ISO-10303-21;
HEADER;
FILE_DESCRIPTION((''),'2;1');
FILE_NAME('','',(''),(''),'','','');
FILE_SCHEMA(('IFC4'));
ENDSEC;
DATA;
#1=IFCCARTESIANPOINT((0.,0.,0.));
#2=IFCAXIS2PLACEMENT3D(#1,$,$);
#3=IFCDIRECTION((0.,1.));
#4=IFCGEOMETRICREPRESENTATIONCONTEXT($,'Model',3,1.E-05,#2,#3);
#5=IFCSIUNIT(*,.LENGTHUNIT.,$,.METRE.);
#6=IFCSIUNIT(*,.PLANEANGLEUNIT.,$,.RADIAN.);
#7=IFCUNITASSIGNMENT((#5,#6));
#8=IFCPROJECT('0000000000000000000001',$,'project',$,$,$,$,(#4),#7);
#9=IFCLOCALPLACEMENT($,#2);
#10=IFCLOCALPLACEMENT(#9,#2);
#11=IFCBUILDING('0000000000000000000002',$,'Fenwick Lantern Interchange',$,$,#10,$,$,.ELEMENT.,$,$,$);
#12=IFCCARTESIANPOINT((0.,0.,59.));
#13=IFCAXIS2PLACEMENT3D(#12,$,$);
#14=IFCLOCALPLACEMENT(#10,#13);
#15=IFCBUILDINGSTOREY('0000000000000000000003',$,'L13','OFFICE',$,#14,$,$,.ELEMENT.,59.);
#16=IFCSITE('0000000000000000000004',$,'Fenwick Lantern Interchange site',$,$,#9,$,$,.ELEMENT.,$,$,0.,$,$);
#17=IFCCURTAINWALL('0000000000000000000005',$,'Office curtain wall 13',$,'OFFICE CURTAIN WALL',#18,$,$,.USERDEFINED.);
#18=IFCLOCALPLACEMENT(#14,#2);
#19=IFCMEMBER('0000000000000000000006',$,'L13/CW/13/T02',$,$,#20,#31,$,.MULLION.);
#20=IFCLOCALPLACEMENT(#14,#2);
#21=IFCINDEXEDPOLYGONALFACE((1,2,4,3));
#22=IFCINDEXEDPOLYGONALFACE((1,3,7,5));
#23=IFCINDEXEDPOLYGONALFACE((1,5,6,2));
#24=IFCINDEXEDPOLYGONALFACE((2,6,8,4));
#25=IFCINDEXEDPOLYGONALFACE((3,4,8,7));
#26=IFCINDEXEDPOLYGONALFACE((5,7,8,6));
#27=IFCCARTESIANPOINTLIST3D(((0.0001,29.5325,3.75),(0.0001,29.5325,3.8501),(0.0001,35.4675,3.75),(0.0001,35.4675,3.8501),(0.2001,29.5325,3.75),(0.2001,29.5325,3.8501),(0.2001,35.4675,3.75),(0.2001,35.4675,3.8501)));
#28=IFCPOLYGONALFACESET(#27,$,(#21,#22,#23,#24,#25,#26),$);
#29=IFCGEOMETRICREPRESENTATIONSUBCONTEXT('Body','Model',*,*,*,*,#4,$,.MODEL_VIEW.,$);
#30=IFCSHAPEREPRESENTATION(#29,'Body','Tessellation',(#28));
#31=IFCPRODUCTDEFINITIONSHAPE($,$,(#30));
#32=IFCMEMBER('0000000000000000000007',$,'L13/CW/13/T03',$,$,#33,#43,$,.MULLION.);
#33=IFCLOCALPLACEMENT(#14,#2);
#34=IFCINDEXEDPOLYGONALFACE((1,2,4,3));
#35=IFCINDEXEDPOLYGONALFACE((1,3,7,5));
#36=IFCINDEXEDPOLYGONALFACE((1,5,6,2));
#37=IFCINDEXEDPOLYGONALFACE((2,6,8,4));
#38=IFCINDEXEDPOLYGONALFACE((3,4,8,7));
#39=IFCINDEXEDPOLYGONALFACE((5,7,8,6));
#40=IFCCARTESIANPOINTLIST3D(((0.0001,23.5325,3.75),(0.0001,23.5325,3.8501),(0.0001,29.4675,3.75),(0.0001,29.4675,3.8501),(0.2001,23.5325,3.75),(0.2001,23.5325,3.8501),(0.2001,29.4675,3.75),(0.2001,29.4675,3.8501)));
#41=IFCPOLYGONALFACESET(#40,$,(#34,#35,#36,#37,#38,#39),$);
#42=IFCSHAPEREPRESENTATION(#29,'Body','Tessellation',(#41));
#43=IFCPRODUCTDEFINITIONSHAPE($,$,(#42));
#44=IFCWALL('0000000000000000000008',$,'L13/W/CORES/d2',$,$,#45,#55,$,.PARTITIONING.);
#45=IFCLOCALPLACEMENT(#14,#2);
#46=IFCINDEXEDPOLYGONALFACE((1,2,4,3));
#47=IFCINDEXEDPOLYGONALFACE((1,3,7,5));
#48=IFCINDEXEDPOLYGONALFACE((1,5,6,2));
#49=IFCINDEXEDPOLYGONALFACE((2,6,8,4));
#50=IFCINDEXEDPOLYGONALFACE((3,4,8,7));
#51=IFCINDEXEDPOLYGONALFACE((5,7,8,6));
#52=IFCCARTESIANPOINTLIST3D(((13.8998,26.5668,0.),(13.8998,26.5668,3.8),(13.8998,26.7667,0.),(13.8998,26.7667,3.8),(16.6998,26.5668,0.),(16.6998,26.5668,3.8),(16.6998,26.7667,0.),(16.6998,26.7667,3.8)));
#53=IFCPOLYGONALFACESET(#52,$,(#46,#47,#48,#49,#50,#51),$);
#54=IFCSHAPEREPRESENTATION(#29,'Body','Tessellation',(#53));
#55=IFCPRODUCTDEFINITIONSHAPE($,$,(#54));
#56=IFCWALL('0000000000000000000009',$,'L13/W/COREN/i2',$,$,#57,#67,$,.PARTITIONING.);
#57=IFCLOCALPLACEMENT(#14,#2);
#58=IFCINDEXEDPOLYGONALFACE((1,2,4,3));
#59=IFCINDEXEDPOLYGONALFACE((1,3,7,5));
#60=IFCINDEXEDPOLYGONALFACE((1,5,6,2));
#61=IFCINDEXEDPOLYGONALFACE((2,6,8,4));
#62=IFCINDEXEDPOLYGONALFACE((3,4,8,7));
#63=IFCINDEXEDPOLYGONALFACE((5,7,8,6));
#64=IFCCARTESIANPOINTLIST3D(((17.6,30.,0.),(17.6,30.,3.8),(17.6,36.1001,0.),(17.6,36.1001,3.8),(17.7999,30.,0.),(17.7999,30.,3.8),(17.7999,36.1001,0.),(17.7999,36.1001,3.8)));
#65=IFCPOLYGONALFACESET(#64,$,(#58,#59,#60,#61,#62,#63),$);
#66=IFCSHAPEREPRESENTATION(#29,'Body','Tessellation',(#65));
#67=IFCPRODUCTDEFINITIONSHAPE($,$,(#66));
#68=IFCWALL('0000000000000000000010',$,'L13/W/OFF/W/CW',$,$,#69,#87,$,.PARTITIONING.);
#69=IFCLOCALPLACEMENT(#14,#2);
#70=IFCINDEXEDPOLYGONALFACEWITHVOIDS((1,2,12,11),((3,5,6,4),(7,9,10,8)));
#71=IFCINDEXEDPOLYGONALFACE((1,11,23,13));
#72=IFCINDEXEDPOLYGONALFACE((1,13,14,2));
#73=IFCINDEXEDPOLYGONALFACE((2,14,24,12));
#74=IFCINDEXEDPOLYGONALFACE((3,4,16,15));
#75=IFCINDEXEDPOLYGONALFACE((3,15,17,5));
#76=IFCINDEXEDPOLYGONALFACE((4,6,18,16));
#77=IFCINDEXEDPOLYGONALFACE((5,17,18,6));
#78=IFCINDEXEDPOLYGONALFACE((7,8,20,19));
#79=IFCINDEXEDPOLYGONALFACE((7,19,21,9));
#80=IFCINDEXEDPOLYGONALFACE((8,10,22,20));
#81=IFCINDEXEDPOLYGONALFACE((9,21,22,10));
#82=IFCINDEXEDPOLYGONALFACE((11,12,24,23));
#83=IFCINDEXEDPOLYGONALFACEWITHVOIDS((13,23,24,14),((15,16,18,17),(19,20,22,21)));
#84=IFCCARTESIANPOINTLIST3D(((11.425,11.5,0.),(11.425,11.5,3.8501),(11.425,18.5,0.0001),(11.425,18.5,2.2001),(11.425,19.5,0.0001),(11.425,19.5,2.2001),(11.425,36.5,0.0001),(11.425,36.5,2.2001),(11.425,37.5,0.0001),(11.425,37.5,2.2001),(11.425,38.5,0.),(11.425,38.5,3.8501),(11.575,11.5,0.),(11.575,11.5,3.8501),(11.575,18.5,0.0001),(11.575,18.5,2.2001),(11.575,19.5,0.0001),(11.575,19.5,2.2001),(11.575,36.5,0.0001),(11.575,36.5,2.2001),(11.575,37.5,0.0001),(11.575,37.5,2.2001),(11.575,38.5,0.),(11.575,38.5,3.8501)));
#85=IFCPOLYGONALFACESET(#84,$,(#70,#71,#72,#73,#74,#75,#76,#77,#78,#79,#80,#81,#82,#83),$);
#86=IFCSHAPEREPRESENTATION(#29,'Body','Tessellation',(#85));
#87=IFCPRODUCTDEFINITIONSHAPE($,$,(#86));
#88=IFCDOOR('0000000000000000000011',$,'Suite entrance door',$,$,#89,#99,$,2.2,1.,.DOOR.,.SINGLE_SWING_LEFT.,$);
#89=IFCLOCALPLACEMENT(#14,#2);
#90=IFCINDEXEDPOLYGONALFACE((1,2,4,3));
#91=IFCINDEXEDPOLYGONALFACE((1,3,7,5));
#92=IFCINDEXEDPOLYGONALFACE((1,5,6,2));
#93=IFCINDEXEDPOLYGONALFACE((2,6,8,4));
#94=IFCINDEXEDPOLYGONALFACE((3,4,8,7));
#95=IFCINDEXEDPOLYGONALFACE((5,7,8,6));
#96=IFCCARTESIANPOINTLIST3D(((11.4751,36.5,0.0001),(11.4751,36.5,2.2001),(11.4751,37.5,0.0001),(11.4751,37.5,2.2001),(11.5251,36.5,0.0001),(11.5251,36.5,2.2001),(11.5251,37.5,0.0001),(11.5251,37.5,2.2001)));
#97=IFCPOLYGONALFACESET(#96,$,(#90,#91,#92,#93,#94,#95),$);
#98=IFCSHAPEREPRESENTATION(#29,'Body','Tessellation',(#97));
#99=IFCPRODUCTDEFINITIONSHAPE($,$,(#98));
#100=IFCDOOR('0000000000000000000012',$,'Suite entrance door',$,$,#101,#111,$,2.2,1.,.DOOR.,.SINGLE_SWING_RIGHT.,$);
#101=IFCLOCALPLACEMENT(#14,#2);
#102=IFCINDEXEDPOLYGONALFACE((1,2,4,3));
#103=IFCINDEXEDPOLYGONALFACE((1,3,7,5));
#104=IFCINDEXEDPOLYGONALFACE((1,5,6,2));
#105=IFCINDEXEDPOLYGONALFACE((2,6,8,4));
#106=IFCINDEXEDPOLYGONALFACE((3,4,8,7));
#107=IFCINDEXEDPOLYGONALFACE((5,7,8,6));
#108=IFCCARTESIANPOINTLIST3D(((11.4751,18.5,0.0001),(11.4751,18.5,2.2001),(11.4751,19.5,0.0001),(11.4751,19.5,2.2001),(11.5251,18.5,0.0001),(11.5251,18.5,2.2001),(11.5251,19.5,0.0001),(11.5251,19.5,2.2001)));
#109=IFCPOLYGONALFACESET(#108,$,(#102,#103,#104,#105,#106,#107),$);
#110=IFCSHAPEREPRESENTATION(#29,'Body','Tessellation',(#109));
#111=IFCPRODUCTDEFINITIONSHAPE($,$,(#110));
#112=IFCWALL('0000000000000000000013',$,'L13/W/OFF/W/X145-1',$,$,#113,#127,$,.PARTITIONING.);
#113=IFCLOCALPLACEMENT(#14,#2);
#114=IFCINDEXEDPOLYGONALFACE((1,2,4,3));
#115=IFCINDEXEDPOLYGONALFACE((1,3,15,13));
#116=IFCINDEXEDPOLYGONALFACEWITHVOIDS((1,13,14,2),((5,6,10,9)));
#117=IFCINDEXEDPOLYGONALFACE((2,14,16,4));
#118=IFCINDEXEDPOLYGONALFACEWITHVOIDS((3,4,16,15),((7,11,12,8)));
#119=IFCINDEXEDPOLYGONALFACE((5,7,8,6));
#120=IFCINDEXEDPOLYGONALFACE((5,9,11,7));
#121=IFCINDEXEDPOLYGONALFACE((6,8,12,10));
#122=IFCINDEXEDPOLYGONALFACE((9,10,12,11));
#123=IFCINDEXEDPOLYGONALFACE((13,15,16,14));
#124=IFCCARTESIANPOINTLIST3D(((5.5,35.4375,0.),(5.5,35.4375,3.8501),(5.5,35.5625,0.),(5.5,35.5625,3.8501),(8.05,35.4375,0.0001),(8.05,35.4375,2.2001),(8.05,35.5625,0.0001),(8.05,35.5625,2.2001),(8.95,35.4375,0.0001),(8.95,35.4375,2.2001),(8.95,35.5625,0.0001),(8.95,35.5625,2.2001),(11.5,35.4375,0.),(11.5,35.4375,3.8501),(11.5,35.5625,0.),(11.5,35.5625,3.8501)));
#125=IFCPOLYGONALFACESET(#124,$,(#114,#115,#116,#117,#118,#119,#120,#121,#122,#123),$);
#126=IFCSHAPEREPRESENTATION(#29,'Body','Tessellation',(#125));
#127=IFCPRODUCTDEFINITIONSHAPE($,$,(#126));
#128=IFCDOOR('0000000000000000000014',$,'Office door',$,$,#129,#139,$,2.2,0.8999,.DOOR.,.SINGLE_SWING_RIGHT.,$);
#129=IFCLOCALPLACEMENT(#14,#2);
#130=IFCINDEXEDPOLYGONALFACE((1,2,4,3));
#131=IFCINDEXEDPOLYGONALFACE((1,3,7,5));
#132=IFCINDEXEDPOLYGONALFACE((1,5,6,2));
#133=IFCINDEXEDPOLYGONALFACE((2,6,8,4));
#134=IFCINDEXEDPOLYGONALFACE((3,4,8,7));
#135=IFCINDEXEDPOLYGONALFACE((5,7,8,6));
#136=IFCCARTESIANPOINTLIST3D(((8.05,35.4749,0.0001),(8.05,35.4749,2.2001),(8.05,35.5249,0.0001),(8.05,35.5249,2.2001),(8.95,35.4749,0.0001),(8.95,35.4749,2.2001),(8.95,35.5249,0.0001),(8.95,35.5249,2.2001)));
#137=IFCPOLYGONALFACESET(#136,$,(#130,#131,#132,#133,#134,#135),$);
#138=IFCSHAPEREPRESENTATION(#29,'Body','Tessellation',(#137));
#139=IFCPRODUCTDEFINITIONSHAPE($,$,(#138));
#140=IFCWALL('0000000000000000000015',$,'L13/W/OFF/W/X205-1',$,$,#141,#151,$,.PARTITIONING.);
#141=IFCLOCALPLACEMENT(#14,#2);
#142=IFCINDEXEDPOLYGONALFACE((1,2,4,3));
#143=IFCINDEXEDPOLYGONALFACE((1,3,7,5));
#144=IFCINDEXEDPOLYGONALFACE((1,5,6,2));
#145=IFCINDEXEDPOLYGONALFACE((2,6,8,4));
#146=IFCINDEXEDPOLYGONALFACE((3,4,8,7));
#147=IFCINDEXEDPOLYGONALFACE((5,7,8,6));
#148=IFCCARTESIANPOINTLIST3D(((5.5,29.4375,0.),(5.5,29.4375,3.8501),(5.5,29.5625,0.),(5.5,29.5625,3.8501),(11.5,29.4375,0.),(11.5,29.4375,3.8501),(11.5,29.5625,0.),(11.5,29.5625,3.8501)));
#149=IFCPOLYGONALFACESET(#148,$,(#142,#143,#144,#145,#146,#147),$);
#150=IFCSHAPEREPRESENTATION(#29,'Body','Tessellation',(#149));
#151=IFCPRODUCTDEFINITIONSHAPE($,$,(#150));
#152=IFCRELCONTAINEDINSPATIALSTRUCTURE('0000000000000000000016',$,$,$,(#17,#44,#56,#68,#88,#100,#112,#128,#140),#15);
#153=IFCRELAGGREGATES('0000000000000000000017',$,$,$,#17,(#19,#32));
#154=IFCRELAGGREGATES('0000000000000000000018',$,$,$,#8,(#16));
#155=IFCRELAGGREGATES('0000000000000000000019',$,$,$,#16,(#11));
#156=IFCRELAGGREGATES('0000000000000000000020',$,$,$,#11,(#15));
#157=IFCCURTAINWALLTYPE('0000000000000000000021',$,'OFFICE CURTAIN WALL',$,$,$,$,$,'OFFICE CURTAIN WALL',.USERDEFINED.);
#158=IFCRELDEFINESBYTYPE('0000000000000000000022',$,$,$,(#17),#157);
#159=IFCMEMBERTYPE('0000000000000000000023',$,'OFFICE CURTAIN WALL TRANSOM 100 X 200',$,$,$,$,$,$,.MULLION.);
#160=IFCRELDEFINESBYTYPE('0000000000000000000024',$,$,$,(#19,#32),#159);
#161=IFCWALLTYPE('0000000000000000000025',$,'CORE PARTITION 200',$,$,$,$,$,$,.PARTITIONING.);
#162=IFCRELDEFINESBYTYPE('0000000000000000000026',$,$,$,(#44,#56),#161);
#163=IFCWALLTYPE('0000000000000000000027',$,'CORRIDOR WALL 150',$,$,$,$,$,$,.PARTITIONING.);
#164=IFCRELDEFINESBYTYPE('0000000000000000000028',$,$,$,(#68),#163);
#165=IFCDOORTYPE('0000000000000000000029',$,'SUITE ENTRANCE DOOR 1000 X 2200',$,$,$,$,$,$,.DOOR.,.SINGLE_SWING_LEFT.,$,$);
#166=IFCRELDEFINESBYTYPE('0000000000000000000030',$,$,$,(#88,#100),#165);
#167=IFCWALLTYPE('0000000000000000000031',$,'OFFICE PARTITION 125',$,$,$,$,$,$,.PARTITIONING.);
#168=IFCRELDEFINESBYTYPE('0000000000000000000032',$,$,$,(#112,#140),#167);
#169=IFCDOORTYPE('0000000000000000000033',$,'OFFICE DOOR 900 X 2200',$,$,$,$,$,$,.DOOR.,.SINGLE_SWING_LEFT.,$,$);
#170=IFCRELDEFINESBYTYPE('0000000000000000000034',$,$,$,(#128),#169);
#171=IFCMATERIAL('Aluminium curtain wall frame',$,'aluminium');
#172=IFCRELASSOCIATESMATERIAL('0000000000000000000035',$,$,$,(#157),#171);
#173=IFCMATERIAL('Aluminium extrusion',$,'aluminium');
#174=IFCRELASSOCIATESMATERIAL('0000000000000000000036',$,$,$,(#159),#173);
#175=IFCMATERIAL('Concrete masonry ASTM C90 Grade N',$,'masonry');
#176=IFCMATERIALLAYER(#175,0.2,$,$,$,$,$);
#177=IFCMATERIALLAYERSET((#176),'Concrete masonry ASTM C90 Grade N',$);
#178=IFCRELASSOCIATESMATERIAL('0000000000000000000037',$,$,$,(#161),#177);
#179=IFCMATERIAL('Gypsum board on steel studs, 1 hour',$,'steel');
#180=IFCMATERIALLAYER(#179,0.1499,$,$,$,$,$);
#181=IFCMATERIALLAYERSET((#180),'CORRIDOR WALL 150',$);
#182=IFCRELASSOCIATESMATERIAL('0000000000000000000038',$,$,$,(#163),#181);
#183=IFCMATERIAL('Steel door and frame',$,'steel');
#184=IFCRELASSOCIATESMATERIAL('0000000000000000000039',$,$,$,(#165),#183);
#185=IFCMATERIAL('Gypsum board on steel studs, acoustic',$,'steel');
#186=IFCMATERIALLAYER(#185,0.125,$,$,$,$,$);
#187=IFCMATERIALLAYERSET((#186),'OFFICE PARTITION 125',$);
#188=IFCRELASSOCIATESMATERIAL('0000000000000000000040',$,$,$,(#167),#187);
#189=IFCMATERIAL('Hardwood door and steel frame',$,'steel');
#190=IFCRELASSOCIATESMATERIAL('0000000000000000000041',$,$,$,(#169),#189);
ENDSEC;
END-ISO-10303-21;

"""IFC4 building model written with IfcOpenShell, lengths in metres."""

from ifc_helpers import new_model, si_unit, direction, frame, frame_2d, origin, origin_2d, place, context, subcontext, project, spatial, rectangle, extrude, material, layer, layer_set, material_profile, profile_set, type_object, element, fill, aggregate, save


model = new_model("IFC4")

# Units and contexts
model_context = context("Model", 3, precision=1e-05, world=origin(), true_north=direction((0.0, 1.0)))
body_context = subcontext(model_context, "Body", "Model", "MODEL_VIEW")
ifc_project = project(units=[si_unit("LENGTHUNIT", "METRE"), si_unit("PLANEANGLEUNIT", "RADIAN")], contexts=[model_context])

# Site, building, storey
site_placement = place(None, origin())
site = spatial("IfcSite", under=ifc_project, at=site_placement, Name="Fenwick Lantern Interchange site", CompositionType="ELEMENT", RefElevation=0.0)
building_placement = place(site_placement, origin())
building = spatial("IfcBuilding", under=site, at=building_placement, Name="Fenwick Lantern Interchange", CompositionType="ELEMENT")
storey_placement = place(building_placement, frame((0.0, 0.0, 59.0)))
storey = spatial("IfcBuildingStorey", under=building, at=storey_placement, Name="L13", Description="OFFICE", CompositionType="ELEMENT", Elevation=59.0)

# Curtain wall, members
ifc_material_1 = material(Name="Aluminium curtain wall frame", Category="aluminium")
curtain_wall_type = type_object("IfcCurtainWallType", Name="OFFICE CURTAIN WALL", ElementType="OFFICE CURTAIN WALL", PredefinedType="USERDEFINED", material=ifc_material_1)
curtain_wall_placement = place(storey_placement, origin())
curtain_wall = element("IfcCurtainWall", 1, at=curtain_wall_placement, inside=storey, type_object=curtain_wall_type, Name="Office curtain wall 13", ObjectType="OFFICE CURTAIN WALL", PredefinedType="USERDEFINED")
ifc_material_2 = material(Name="Aluminium extrusion", Category="aluminium")
ifc_material_profile_1 = material_profile(ifc_material_2, rectangle(XDim=0.2, YDim=0.1001, at=origin_2d()), Name="OFFICE CURTAIN WALL TRANSOM 100 X 200")
ifc_profile_set_1 = profile_set([ifc_material_profile_1], Name="Aluminium extrusion")
member_type_1 = type_object("IfcMemberType", Name="OFFICE CURTAIN WALL TRANSOM 100 X 200", PredefinedType="MULLION", material=ifc_profile_set_1)
member_1_placement = place(storey_placement, frame((0.1001, 35.4675, 3.8), z_axis=(0.0, -1.0, 0.0), x_axis=(1.0, 0.0, 0.0)))
member_1 = element("IfcMember", 2, at=member_1_placement, type_object=member_type_1, Name="L13/CW/13/T02", PredefinedType="MULLION", context=body_context, shape_type="SweptSolid", body=[
    extrude(rectangle(XDim=0.2, YDim=0.1001, at=origin_2d()), origin(), (0.0, 0.0, 1.0), 5.9351),
])
member_2_placement = place(storey_placement, frame((0.1001, 29.4675, 3.8), z_axis=(0.0, -1.0, 0.0), x_axis=(1.0, 0.0, 0.0)))
member_2 = element("IfcMember", 3, at=member_2_placement, type_object=member_type_1, Name="L13/CW/13/T03", PredefinedType="MULLION", context=body_context, shape_type="SweptSolid", body=[
    extrude(rectangle(XDim=0.2, YDim=0.1001, at=origin_2d()), origin(), (0.0, 0.0, 1.0), 5.9351),
])
aggregate(curtain_wall, [member_1, member_2])

# Walls
ifc_material_3 = material(Name="Concrete masonry ASTM C90 Grade N", Category="masonry")
ifc_layer_1 = layer(ifc_material_3, 0.2)
ifc_layer_set_1 = layer_set([ifc_layer_1], Name="Concrete masonry ASTM C90 Grade N")
wall_type_1 = type_object("IfcWallType", Name="CORE PARTITION 200", PredefinedType="PARTITIONING", material=ifc_layer_set_1)
wall_1_placement = place(storey_placement, frame((13.8999, 26.6667, 0.0), z_axis=(0.0, 0.0, 1.0), x_axis=(1.0, 0.0, 0.0)))
element("IfcWall", 4, at=wall_1_placement, inside=storey, type_object=wall_type_1, Name="L13/W/CORES/d2", PredefinedType="PARTITIONING", context=body_context, shape_type="SweptSolid", body=[
    extrude(rectangle(XDim=2.8, YDim=0.2, at=frame_2d((1.3999, 0.0))), origin(), (0.0, 0.0, 1.0), 3.8),
])
wall_2_placement = place(storey_placement, frame((17.7, 36.1001, 0.0), z_axis=(0.0, 0.0, 1.0), x_axis=(0.0, -1.0, 0.0)))
element("IfcWall", 5, at=wall_2_placement, inside=storey, type_object=wall_type_1, Name="L13/W/COREN/i2", PredefinedType="PARTITIONING", context=body_context, shape_type="SweptSolid", body=[
    extrude(rectangle(XDim=6.1001, YDim=0.2, at=frame_2d((3.05, 0.0))), origin(), (0.0, 0.0, 1.0), 3.8),
])

# Wall, openings, doors
ifc_material_4 = material(Name="Steel door and frame", Category="steel")
ifc_material_5 = material(Name="Hardwood door and steel frame", Category="steel")
ifc_material_6 = material(Name="Gypsum board on steel studs, 1 hour", Category="steel")
ifc_layer_2 = layer(ifc_material_6, 0.1499)
ifc_layer_set_2 = layer_set([ifc_layer_2], Name="CORRIDOR WALL 150")
wall_type_2 = type_object("IfcWallType", Name="CORRIDOR WALL 150", PredefinedType="PARTITIONING", material=ifc_layer_set_2)
wall_3_placement = place(storey_placement, frame((11.5, 38.5, 0.0), z_axis=(0.0, 0.0, 1.0), x_axis=(0.0, -1.0, 0.0)))
wall_3 = element("IfcWall", 6, at=wall_3_placement, inside=storey, type_object=wall_type_2, Name="L13/W/OFF/W/CW", PredefinedType="PARTITIONING", context=body_context, shape_type="SweptSolid", body=[
    extrude(rectangle(XDim=27.0, YDim=0.1499, at=frame_2d((13.5, 0.0))), origin(), (0.0, 0.0, 1.0), 3.8501),
])
opening_1_placement = place(wall_3_placement, frame((1.0, 0.0, 0.0)))
opening_1 = element("IfcOpeningElement", 7, at=opening_1_placement, cuts=wall_3, PredefinedType="OPENING", context=body_context, shape_type="SweptSolid", body=[
    extrude(rectangle(XDim=1.0, YDim=2.2, at=frame_2d((0.5, 1.1001))), frame((0.0, 0.085, 0.0), z_axis=(0.0, -1.0, 0.0), x_axis=(1.0, 0.0, 0.0)), (0.0, 0.0, 1.0), 0.1699),
])
opening_2_placement = place(wall_3_placement, frame((19.0, 0.0, 0.0)))
opening_2 = element("IfcOpeningElement", 8, at=opening_2_placement, cuts=wall_3, PredefinedType="OPENING", context=body_context, shape_type="SweptSolid", body=[
    extrude(rectangle(XDim=1.0, YDim=2.2, at=frame_2d((0.5, 1.1001))), frame((0.0, 0.085, 0.0), z_axis=(0.0, -1.0, 0.0), x_axis=(1.0, 0.0, 0.0)), (0.0, 0.0, 1.0), 0.1699),
])
door_type_1 = type_object("IfcDoorType", Name="SUITE ENTRANCE DOOR 1000 X 2200", OperationType="SINGLE_SWING_LEFT", PredefinedType="DOOR", material=ifc_material_4)
door_1_placement = place(opening_1_placement, frame((1.0, 0.0, 0.0), z_axis=(0.0, 0.0, 1.0), x_axis=(-1.0, 0.0, 0.0)))
door_1 = element("IfcDoor", 9, at=door_1_placement, inside=storey, type_object=door_type_1, Name="Suite entrance door", OperationType="SINGLE_SWING_LEFT", OverallHeight=2.2, OverallWidth=1.0, PredefinedType="DOOR", context=body_context, shape_type="SweptSolid", body=[
    extrude(rectangle(XDim=1.0, YDim=2.2, at=frame_2d((0.5, 1.1001))), frame((0.0, 0.0249, 0.0), z_axis=(0.0, -1.0, 0.0), x_axis=(1.0, 0.0, 0.0)), (0.0, 0.0, 1.0), 0.05),
])
fill(opening_1, door_1)
door_2_placement = place(opening_2_placement, frame((1.0, 0.0, 0.0), z_axis=(0.0, 0.0, 1.0), x_axis=(-1.0, 0.0, 0.0)))
door_2 = element("IfcDoor", 10, at=door_2_placement, inside=storey, type_object=door_type_1, Name="Suite entrance door", OperationType="SINGLE_SWING_RIGHT", OverallHeight=2.2, OverallWidth=1.0, PredefinedType="DOOR", context=body_context, shape_type="SweptSolid", body=[
    extrude(rectangle(XDim=1.0, YDim=2.2, at=frame_2d((0.5, 1.1001))), frame((0.0, 0.0249, 0.0), z_axis=(0.0, -1.0, 0.0), x_axis=(1.0, 0.0, 0.0)), (0.0, 0.0, 1.0), 0.05),
])
fill(opening_2, door_2)

# Wall, opening, door
ifc_material_7 = material(Name="Gypsum board on steel studs, acoustic", Category="steel")
ifc_layer_3 = layer(ifc_material_7, 0.125)
ifc_layer_set_3 = layer_set([ifc_layer_3], Name="OFFICE PARTITION 125")
wall_type_3 = type_object("IfcWallType", Name="OFFICE PARTITION 125", PredefinedType="PARTITIONING", material=ifc_layer_set_3)
wall_4_placement = place(storey_placement, frame((5.5, 35.5, 0.0), z_axis=(0.0, 0.0, 1.0), x_axis=(1.0, 0.0, 0.0)))
wall_4 = element("IfcWall", 11, at=wall_4_placement, inside=storey, type_object=wall_type_3, Name="L13/W/OFF/W/X145-1", PredefinedType="PARTITIONING", context=body_context, shape_type="SweptSolid", body=[
    extrude(rectangle(XDim=6.0, YDim=0.125, at=frame_2d((3.0, 0.0))), origin(), (0.0, 0.0, 1.0), 3.8501),
])
opening_3_placement = place(wall_4_placement, frame((2.55, 0.0, 0.0)))
opening_3 = element("IfcOpeningElement", 12, at=opening_3_placement, cuts=wall_4, PredefinedType="OPENING", context=body_context, shape_type="SweptSolid", body=[
    extrude(rectangle(XDim=0.8999, YDim=2.2, at=frame_2d((0.45, 1.1001))), frame((0.0, 0.0725, 0.0), z_axis=(0.0, -1.0, 0.0), x_axis=(1.0, 0.0, 0.0)), (0.0, 0.0, 1.0), 0.145),
])
door_type_2 = type_object("IfcDoorType", Name="OFFICE DOOR 900 X 2200", OperationType="SINGLE_SWING_LEFT", PredefinedType="DOOR", material=ifc_material_5)
door_3_placement = place(opening_3_placement, origin())
door_3 = element("IfcDoor", 13, at=door_3_placement, inside=storey, type_object=door_type_2, Name="Office door", OperationType="SINGLE_SWING_RIGHT", OverallHeight=2.2, OverallWidth=0.8999, PredefinedType="DOOR", context=body_context, shape_type="SweptSolid", body=[
    extrude(rectangle(XDim=0.8999, YDim=2.2, at=frame_2d((0.45, 1.1001))), frame((0.0, 0.0249, 0.0), z_axis=(0.0, -1.0, 0.0), x_axis=(1.0, 0.0, 0.0)), (0.0, 0.0, 1.0), 0.05),
])
fill(opening_3, door_3)

# Wall
wall_5_placement = place(storey_placement, frame((5.5, 29.5, 0.0), z_axis=(0.0, 0.0, 1.0), x_axis=(1.0, 0.0, 0.0)))
element("IfcWall", 14, at=wall_5_placement, inside=storey, type_object=wall_type_3, Name="L13/W/OFF/W/X205-1", PredefinedType="PARTITIONING", context=body_context, shape_type="SweptSolid", body=[
    extrude(rectangle(XDim=6.0, YDim=0.125, at=frame_2d((3.0, 0.0))), origin(), (0.0, 0.0, 1.0), 3.8501),
])

save(model, "model.ifc")
